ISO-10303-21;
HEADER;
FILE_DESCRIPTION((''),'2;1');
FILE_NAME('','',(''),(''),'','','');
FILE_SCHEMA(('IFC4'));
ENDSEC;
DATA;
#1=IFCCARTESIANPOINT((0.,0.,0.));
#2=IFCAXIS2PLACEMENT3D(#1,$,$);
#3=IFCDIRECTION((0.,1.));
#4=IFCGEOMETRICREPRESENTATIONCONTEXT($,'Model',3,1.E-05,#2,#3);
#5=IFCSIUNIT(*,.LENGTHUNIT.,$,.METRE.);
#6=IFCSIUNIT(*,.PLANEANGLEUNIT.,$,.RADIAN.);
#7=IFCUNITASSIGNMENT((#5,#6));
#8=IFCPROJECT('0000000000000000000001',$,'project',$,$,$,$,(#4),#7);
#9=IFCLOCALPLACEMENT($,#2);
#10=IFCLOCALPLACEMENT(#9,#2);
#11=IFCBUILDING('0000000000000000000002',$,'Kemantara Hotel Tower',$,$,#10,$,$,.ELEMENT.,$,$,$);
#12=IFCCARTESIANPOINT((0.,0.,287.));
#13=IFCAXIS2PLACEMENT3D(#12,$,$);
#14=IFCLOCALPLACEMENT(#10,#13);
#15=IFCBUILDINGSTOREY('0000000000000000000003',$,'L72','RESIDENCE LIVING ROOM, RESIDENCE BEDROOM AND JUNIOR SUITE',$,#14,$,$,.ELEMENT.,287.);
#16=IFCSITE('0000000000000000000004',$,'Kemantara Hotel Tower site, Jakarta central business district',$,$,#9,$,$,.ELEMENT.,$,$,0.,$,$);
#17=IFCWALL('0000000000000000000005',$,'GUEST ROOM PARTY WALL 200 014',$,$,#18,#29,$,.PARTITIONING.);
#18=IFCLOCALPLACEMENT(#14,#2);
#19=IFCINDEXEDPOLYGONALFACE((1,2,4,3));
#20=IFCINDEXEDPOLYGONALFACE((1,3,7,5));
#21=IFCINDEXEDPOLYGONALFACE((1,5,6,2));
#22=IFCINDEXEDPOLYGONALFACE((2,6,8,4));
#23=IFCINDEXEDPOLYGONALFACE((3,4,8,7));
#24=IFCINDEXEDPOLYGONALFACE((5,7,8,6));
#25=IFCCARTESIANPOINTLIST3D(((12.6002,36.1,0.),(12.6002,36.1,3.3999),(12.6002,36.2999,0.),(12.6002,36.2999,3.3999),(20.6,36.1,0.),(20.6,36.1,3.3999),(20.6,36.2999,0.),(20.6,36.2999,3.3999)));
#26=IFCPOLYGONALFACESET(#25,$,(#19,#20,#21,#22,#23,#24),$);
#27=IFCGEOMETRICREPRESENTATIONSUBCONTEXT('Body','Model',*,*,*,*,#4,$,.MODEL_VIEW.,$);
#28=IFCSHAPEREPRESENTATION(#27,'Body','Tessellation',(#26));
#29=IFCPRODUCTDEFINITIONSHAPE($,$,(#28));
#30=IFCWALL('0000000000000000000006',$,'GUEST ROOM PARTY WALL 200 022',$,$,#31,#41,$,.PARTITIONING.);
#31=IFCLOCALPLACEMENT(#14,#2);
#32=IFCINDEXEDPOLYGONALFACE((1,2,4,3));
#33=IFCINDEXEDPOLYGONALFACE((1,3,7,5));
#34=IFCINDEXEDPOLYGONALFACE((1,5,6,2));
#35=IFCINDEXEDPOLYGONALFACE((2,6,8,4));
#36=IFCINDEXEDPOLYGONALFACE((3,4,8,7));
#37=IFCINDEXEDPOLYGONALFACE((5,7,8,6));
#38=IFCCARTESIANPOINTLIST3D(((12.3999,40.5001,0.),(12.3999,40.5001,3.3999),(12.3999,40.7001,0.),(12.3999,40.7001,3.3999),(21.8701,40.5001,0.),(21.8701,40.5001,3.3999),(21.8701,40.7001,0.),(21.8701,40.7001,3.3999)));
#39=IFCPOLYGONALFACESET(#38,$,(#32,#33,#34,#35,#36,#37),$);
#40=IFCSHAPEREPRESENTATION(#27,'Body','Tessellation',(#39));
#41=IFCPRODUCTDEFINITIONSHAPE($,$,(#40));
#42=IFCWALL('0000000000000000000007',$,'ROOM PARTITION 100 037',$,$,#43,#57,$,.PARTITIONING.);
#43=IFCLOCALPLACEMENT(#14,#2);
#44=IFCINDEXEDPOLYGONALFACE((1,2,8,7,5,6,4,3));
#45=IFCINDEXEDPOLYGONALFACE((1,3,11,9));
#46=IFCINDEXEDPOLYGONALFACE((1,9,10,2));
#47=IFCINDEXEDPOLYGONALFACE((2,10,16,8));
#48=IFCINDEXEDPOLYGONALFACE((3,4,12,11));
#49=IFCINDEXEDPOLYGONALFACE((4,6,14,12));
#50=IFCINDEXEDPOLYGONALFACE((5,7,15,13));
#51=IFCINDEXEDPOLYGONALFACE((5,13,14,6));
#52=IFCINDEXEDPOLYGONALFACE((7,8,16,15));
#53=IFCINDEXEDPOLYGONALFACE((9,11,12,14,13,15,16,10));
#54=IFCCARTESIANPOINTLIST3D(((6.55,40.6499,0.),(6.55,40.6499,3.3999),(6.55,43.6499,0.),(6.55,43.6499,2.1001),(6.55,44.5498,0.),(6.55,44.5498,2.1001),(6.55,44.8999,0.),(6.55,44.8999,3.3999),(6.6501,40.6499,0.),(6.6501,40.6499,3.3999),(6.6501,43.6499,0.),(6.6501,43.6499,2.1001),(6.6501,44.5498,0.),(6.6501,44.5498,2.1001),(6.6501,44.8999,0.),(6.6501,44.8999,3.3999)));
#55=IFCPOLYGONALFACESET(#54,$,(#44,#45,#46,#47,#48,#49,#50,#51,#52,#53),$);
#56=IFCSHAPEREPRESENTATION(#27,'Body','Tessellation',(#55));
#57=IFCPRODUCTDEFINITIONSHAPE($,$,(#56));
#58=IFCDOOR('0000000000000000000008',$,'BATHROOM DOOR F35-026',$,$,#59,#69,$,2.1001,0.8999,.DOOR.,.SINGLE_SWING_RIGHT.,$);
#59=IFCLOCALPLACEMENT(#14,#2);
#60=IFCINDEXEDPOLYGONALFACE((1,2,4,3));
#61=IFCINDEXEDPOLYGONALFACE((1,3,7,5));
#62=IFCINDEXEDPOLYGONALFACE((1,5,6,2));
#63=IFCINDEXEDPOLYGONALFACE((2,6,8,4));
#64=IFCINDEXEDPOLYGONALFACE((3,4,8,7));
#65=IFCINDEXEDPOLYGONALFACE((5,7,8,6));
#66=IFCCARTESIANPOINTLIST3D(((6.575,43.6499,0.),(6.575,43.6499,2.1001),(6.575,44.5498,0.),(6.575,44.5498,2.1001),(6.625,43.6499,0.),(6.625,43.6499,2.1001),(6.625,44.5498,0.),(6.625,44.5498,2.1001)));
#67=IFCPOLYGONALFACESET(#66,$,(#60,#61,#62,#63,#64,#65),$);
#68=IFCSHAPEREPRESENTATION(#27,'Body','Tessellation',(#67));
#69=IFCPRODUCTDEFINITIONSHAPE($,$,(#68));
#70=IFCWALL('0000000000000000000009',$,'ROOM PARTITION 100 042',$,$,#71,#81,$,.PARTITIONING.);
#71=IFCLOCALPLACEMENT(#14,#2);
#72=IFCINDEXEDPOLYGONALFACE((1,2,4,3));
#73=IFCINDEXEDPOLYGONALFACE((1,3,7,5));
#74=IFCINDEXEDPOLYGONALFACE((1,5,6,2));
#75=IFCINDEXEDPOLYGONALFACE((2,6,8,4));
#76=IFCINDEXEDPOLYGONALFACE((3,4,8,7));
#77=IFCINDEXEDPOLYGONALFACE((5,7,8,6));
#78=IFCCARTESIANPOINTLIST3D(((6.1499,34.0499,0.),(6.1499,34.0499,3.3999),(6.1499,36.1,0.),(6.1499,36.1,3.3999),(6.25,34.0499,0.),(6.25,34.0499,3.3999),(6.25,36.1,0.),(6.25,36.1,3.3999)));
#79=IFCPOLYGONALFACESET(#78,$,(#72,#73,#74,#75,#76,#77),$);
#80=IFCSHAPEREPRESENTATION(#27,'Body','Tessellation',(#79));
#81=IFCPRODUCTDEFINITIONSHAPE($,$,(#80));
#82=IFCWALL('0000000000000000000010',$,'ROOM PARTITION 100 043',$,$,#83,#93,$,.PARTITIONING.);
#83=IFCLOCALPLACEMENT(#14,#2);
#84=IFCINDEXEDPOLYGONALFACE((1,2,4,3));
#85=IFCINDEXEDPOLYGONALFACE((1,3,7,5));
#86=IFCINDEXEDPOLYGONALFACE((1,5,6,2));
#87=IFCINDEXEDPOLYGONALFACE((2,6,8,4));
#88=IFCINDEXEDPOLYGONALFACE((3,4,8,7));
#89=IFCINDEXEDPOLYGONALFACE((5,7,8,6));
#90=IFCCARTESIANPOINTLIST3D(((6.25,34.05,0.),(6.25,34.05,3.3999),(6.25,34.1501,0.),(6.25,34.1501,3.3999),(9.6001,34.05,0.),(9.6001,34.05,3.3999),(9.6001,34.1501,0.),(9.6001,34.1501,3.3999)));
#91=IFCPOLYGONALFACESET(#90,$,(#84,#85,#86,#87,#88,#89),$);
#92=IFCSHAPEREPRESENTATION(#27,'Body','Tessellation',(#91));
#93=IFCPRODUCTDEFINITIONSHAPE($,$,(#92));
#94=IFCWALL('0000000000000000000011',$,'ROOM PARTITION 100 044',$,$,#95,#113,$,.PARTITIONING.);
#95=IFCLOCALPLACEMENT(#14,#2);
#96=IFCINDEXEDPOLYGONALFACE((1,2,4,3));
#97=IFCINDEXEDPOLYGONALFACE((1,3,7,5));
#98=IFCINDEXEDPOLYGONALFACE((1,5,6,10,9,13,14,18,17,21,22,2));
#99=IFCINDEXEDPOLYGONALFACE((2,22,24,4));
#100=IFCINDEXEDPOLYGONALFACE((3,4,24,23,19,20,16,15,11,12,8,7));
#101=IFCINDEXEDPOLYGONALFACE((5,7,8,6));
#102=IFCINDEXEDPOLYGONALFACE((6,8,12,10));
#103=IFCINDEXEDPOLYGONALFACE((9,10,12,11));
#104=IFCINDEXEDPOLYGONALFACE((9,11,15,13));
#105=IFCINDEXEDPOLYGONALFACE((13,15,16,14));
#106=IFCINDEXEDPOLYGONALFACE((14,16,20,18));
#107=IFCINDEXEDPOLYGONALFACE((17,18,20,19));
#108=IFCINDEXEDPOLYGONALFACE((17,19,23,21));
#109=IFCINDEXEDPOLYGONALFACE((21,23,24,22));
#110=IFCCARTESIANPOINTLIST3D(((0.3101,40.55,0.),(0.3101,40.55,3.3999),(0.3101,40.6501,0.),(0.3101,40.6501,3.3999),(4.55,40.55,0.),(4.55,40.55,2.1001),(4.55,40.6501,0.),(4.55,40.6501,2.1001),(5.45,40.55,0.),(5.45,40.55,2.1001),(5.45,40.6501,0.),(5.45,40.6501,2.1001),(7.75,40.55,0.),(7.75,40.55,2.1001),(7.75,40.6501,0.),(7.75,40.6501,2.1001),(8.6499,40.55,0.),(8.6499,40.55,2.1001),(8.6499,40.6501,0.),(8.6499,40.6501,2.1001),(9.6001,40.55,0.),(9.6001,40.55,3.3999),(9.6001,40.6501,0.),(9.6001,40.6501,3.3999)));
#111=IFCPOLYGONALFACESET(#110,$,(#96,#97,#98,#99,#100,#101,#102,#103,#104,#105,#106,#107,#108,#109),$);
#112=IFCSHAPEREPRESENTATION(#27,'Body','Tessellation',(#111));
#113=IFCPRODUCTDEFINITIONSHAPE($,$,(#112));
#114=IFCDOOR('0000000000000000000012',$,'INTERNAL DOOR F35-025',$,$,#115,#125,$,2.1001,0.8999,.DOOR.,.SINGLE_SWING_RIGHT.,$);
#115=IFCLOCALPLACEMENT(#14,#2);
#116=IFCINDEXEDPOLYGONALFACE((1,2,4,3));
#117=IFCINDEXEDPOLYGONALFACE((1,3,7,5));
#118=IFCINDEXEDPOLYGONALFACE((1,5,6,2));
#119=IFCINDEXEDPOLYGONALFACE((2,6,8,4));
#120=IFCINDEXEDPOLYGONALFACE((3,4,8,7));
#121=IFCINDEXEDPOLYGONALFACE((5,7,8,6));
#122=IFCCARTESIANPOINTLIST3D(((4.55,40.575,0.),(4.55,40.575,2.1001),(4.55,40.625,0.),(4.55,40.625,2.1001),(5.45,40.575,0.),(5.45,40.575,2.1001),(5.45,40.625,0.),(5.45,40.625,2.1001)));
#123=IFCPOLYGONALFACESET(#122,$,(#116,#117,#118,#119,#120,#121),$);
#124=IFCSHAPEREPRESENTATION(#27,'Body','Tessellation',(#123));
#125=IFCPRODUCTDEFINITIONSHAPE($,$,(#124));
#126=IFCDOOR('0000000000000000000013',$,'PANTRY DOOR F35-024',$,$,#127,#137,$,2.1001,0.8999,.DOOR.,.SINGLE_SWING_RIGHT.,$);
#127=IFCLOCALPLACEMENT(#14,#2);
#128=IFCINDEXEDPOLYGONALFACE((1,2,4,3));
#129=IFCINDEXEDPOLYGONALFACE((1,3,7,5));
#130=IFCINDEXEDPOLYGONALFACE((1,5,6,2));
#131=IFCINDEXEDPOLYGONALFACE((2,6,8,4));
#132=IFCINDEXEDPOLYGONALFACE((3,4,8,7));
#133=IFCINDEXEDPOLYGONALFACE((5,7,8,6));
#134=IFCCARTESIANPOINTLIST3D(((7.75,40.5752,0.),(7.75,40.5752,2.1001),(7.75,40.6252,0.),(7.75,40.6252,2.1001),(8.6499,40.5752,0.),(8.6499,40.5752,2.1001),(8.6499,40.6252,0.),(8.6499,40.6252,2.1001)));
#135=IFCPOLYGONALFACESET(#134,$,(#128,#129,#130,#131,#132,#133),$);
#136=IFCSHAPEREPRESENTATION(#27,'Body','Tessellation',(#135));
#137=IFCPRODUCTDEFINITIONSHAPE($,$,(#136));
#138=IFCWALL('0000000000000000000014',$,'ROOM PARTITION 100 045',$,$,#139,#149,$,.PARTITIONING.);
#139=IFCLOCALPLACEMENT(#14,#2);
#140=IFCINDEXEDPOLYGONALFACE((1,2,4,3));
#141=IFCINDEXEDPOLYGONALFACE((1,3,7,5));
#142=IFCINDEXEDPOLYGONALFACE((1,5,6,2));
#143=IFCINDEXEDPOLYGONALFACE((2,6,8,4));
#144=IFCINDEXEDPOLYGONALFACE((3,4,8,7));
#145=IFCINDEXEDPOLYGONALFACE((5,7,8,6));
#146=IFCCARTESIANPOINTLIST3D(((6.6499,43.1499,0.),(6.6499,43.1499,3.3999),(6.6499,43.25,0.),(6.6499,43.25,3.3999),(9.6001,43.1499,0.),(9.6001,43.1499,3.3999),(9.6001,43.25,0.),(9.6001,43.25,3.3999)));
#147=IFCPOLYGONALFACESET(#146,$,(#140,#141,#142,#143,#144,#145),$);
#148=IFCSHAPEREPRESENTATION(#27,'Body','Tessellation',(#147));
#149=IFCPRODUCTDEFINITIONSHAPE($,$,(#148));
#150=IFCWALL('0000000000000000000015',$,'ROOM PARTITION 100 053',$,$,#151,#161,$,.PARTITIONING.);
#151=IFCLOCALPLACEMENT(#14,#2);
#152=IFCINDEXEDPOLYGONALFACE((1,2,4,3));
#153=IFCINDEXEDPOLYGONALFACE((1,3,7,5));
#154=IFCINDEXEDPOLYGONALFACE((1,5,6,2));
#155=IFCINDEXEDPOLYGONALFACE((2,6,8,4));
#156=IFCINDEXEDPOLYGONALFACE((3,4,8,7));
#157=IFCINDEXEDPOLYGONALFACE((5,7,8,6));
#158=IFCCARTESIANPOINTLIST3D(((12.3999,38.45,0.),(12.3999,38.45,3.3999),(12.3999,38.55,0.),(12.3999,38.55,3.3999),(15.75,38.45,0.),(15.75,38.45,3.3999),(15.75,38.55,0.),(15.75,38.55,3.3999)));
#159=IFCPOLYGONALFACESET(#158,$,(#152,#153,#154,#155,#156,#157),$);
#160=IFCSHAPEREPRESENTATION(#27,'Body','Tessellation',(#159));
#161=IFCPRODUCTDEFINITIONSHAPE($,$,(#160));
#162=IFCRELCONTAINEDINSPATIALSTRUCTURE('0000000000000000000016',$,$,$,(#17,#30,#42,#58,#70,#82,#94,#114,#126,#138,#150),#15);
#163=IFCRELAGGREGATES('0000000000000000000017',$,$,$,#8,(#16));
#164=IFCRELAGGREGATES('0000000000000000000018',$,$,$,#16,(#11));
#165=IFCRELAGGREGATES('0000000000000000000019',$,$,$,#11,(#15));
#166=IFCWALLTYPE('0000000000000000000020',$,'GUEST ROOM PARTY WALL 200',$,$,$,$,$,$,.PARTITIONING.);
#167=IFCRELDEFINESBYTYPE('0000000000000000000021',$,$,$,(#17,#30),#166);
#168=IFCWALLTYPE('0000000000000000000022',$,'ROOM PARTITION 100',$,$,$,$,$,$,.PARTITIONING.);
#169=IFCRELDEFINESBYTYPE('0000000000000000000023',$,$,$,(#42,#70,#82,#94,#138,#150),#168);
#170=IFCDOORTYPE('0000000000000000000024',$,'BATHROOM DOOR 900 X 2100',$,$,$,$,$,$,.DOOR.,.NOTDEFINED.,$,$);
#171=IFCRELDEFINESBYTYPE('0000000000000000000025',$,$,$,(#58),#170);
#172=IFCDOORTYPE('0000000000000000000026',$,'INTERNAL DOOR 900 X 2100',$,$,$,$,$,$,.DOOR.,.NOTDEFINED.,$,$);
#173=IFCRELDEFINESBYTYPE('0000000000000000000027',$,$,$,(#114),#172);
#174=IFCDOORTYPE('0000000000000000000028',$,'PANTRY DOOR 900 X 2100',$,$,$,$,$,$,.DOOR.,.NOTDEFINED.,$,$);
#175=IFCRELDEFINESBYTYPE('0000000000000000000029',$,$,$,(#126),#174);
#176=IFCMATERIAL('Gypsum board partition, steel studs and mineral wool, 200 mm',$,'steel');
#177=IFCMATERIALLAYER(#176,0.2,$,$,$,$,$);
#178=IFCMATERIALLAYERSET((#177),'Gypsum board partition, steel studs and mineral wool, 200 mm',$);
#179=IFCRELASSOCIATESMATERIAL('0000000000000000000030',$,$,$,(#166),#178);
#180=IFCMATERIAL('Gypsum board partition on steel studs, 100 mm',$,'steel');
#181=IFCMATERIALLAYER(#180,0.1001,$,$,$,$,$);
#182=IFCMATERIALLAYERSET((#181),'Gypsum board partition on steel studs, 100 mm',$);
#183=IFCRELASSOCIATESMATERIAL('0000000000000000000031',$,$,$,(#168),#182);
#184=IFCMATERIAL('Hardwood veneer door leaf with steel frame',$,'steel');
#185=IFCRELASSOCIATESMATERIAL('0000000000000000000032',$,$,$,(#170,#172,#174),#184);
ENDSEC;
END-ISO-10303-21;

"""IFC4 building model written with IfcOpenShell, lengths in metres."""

from ifc_helpers import new_model, si_unit, direction, frame, frame_2d, origin, place, context, subcontext, project, spatial, rectangle, extrude, material, layer, layer_set, type_object, element, fill, save


model = new_model("IFC4")

# Units and contexts
model_context = context("Model", 3, precision=1e-05, world=origin(), true_north=direction((0.0, 1.0)))
body_context = subcontext(model_context, "Body", "Model", "MODEL_VIEW")
ifc_project = project(units=[si_unit("LENGTHUNIT", "METRE"), si_unit("PLANEANGLEUNIT", "RADIAN")], contexts=[model_context])

# Site, building, storey
site_placement = place(None, origin())
site = spatial("IfcSite", under=ifc_project, at=site_placement, Name="Kemantara Hotel Tower site, Jakarta central business district", CompositionType="ELEMENT", RefElevation=0.0)
building_placement = place(site_placement, origin())
building = spatial("IfcBuilding", under=site, at=building_placement, Name="Kemantara Hotel Tower", CompositionType="ELEMENT")
storey_placement = place(building_placement, frame((0.0, 0.0, 287.0)))
storey = spatial("IfcBuildingStorey", under=building, at=storey_placement, Name="L72", Description="RESIDENCE LIVING ROOM, RESIDENCE BEDROOM AND JUNIOR SUITE", CompositionType="ELEMENT", Elevation=287.0)

# Shared definitions
ifc_material_1 = material(Name="Gypsum board partition, steel studs and mineral wool, 200 mm", Category="steel")
ifc_material_2 = material(Name="Hardwood veneer door leaf with steel frame", Category="steel")

# Walls
ifc_layer_1 = layer(ifc_material_1, 0.2)
ifc_layer_set_1 = layer_set([ifc_layer_1], Name="Gypsum board partition, steel studs and mineral wool, 200 mm")
wall_type_1 = type_object("IfcWallType", Name="GUEST ROOM PARTY WALL 200", PredefinedType="PARTITIONING", material=ifc_layer_set_1)
wall_1_placement = place(storey_placement, frame((12.6001, 36.2, 0.0), z_axis=(0.0, 0.0, 1.0), x_axis=(1.0, 0.0, 0.0)))
element("IfcWall", 1, at=wall_1_placement, inside=storey, type_object=wall_type_1, Name="GUEST ROOM PARTY WALL 200 014", PredefinedType="PARTITIONING", context=body_context, shape_type="SweptSolid", body=[
    extrude(rectangle(XDim=7.9998, YDim=0.2, at=frame_2d((4.0, 0.0))), origin(), (0.0, 0.0, 1.0), 3.3999),
])
wall_2_placement = place(storey_placement, frame((12.3999, 40.6001, 0.0), z_axis=(0.0, 0.0, 1.0), x_axis=(1.0, 0.0, 0.0)))
element("IfcWall", 2, at=wall_2_placement, inside=storey, type_object=wall_type_1, Name="GUEST ROOM PARTY WALL 200 022", PredefinedType="PARTITIONING", context=body_context, shape_type="SweptSolid", body=[
    extrude(rectangle(XDim=9.4702, YDim=0.2, at=frame_2d((4.7351, 0.0))), origin(), (0.0, 0.0, 1.0), 3.3999),
])

# Wall, opening, door
ifc_material_3 = material(Name="Gypsum board partition on steel studs, 100 mm", Category="steel")
ifc_layer_2 = layer(ifc_material_3, 0.1001)
ifc_layer_set_2 = layer_set([ifc_layer_2], Name="Gypsum board partition on steel studs, 100 mm")
wall_type_2 = type_object("IfcWallType", Name="ROOM PARTITION 100", PredefinedType="PARTITIONING", material=ifc_layer_set_2)
wall_3_placement = place(storey_placement, frame((6.6001, 44.8999, 0.0), z_axis=(0.0, 0.0, 1.0), x_axis=(0.0, -1.0, 0.0)))
wall_3 = element("IfcWall", 3, at=wall_3_placement, inside=storey, type_object=wall_type_2, Name="ROOM PARTITION 100 037", PredefinedType="PARTITIONING", context=body_context, shape_type="SweptSolid", body=[
    extrude(rectangle(XDim=4.25, YDim=0.1001, at=frame_2d((2.125, 0.0))), origin(), (0.0, 0.0, 1.0), 3.3999),
])
opening_1_placement = place(wall_3_placement, frame((0.3501, 0.0, 0.0)))
opening_1 = element("IfcOpeningElement", 4, at=opening_1_placement, cuts=wall_3, PredefinedType="OPENING", context=body_context, shape_type="SweptSolid", body=[
    extrude(rectangle(XDim=0.8999, YDim=2.1001, at=frame_2d((0.45, 1.05))), frame((0.0, 0.0601, 0.0), z_axis=(0.0, -1.0, 0.0), x_axis=(1.0, 0.0, 0.0)), (0.0, 0.0, 1.0), 0.1201),
])
door_type_1 = type_object("IfcDoorType", Name="BATHROOM DOOR 900 X 2100", OperationType="NOTDEFINED", PredefinedType="DOOR", material=ifc_material_2)
door_1_placement = place(opening_1_placement, origin())
door_1 = element("IfcDoor", 5, at=door_1_placement, inside=storey, type_object=door_type_1, Name="BATHROOM DOOR F35-026", OperationType="SINGLE_SWING_RIGHT", OverallHeight=2.1001, OverallWidth=0.8999, PredefinedType="DOOR", context=body_context, shape_type="SweptSolid", body=[
    extrude(rectangle(XDim=0.8999, YDim=2.1001, at=frame_2d((0.45, 1.05))), frame((0.0, 0.0249, 0.0), z_axis=(0.0, -1.0, 0.0), x_axis=(1.0, 0.0, 0.0)), (0.0, 0.0, 1.0), 0.05),
])
fill(opening_1, door_1)

# Walls
wall_4_placement = place(storey_placement, frame((6.2, 34.05, 0.0), z_axis=(0.0, 0.0, 1.0), x_axis=(0.0, 1.0, 0.0)))
element("IfcWall", 6, at=wall_4_placement, inside=storey, type_object=wall_type_2, Name="ROOM PARTITION 100 042", PredefinedType="PARTITIONING", context=body_context, shape_type="SweptSolid", body=[
    extrude(rectangle(XDim=2.05, YDim=0.1001, at=frame_2d((1.0249, 0.0))), origin(), (0.0, 0.0, 1.0), 3.3999),
])
wall_5_placement = place(storey_placement, frame((6.25, 34.1001, 0.0), z_axis=(0.0, 0.0, 1.0), x_axis=(1.0, 0.0, 0.0)))
element("IfcWall", 7, at=wall_5_placement, inside=storey, type_object=wall_type_2, Name="ROOM PARTITION 100 043", PredefinedType="PARTITIONING", context=body_context, shape_type="SweptSolid", body=[
    extrude(rectangle(XDim=3.3501, YDim=0.1001, at=frame_2d((1.675, 0.0))), origin(), (0.0, 0.0, 1.0), 3.3999),
])

# Wall, openings, doors
wall_6_placement = place(storey_placement, frame((0.3101, 40.6001, 0.0), z_axis=(0.0, 0.0, 1.0), x_axis=(1.0, 0.0, 0.0)))
wall_6 = element("IfcWall", 8, at=wall_6_placement, inside=storey, type_object=wall_type_2, Name="ROOM PARTITION 100 044", PredefinedType="PARTITIONING", context=body_context, shape_type="SweptSolid", body=[
    extrude(rectangle(XDim=9.29, YDim=0.1001, at=frame_2d((4.645, 0.0))), origin(), (0.0, 0.0, 1.0), 3.3999),
])
opening_2_placement = place(wall_6_placement, frame((7.4399, 0.0, 0.0)))
opening_2 = element("IfcOpeningElement", 9, at=opening_2_placement, cuts=wall_6, PredefinedType="OPENING", context=body_context, shape_type="SweptSolid", body=[
    extrude(rectangle(XDim=0.8999, YDim=2.1001, at=frame_2d((0.45, 1.05))), frame((0.0, 0.0601, 0.0), z_axis=(0.0, -1.0, 0.0), x_axis=(1.0, 0.0, 0.0)), (0.0, 0.0, 1.0), 0.1201),
])
opening_3_placement = place(wall_6_placement, frame((4.24, 0.0, 0.0)))
opening_3 = element("IfcOpeningElement", 10, at=opening_3_placement, cuts=wall_6, PredefinedType="OPENING", context=body_context, shape_type="SweptSolid", body=[
    extrude(rectangle(XDim=0.8999, YDim=2.1001, at=frame_2d((0.45, 1.05))), frame((0.0, 0.0601, 0.0), z_axis=(0.0, -1.0, 0.0), x_axis=(1.0, 0.0, 0.0)), (0.0, 0.0, 1.0), 0.1201),
])
door_type_2 = type_object("IfcDoorType", Name="INTERNAL DOOR 900 X 2100", OperationType="NOTDEFINED", PredefinedType="DOOR", material=ifc_material_2)
door_2_placement = place(opening_3_placement, origin())
door_2 = element("IfcDoor", 11, at=door_2_placement, inside=storey, type_object=door_type_2, Name="INTERNAL DOOR F35-025", OperationType="SINGLE_SWING_RIGHT", OverallHeight=2.1001, OverallWidth=0.8999, PredefinedType="DOOR", context=body_context, shape_type="SweptSolid", body=[
    extrude(rectangle(XDim=0.8999, YDim=2.1001, at=frame_2d((0.45, 1.05))), frame((0.0, 0.0249, 0.0), z_axis=(0.0, -1.0, 0.0), x_axis=(1.0, 0.0, 0.0)), (0.0, 0.0, 1.0), 0.05),
])
fill(opening_3, door_2)
door_type_3 = type_object("IfcDoorType", Name="PANTRY DOOR 900 X 2100", OperationType="NOTDEFINED", PredefinedType="DOOR", material=ifc_material_2)
door_3_placement = place(opening_2_placement, frame((0.8999, 0.0, 0.0), z_axis=(0.0, 0.0, 1.0), x_axis=(-1.0, 0.0, 0.0)))
door_3 = element("IfcDoor", 12, at=door_3_placement, inside=storey, type_object=door_type_3, Name="PANTRY DOOR F35-024", OperationType="SINGLE_SWING_RIGHT", OverallHeight=2.1001, OverallWidth=0.8999, PredefinedType="DOOR", context=body_context, shape_type="SweptSolid", body=[
    extrude(rectangle(XDim=0.8999, YDim=2.1001, at=frame_2d((0.45, 1.05))), frame((0.0, 0.0249, 0.0), z_axis=(0.0, -1.0, 0.0), x_axis=(1.0, 0.0, 0.0)), (0.0, 0.0, 1.0), 0.05),
])
fill(opening_2, door_3)

# Walls
wall_7_placement = place(storey_placement, frame((6.6499, 43.2, 0.0), z_axis=(0.0, 0.0, 1.0), x_axis=(1.0, 0.0, 0.0)))
element("IfcWall", 13, at=wall_7_placement, inside=storey, type_object=wall_type_2, Name="ROOM PARTITION 100 045", PredefinedType="PARTITIONING", context=body_context, shape_type="SweptSolid", body=[
    extrude(rectangle(XDim=2.9502, YDim=0.1001, at=frame_2d((1.4751, 0.0))), origin(), (0.0, 0.0, 1.0), 3.3999),
])
wall_8_placement = place(storey_placement, frame((12.3999, 38.5, 0.0), z_axis=(0.0, 0.0, 1.0), x_axis=(1.0, 0.0, 0.0)))
element("IfcWall", 14, at=wall_8_placement, inside=storey, type_object=wall_type_2, Name="ROOM PARTITION 100 053", PredefinedType="PARTITIONING", context=body_context, shape_type="SweptSolid", body=[
    extrude(rectangle(XDim=3.3501, YDim=0.1001, at=frame_2d((1.675, 0.0))), origin(), (0.0, 0.0, 1.0), 3.3999),
])

save(model, "model.ifc")
